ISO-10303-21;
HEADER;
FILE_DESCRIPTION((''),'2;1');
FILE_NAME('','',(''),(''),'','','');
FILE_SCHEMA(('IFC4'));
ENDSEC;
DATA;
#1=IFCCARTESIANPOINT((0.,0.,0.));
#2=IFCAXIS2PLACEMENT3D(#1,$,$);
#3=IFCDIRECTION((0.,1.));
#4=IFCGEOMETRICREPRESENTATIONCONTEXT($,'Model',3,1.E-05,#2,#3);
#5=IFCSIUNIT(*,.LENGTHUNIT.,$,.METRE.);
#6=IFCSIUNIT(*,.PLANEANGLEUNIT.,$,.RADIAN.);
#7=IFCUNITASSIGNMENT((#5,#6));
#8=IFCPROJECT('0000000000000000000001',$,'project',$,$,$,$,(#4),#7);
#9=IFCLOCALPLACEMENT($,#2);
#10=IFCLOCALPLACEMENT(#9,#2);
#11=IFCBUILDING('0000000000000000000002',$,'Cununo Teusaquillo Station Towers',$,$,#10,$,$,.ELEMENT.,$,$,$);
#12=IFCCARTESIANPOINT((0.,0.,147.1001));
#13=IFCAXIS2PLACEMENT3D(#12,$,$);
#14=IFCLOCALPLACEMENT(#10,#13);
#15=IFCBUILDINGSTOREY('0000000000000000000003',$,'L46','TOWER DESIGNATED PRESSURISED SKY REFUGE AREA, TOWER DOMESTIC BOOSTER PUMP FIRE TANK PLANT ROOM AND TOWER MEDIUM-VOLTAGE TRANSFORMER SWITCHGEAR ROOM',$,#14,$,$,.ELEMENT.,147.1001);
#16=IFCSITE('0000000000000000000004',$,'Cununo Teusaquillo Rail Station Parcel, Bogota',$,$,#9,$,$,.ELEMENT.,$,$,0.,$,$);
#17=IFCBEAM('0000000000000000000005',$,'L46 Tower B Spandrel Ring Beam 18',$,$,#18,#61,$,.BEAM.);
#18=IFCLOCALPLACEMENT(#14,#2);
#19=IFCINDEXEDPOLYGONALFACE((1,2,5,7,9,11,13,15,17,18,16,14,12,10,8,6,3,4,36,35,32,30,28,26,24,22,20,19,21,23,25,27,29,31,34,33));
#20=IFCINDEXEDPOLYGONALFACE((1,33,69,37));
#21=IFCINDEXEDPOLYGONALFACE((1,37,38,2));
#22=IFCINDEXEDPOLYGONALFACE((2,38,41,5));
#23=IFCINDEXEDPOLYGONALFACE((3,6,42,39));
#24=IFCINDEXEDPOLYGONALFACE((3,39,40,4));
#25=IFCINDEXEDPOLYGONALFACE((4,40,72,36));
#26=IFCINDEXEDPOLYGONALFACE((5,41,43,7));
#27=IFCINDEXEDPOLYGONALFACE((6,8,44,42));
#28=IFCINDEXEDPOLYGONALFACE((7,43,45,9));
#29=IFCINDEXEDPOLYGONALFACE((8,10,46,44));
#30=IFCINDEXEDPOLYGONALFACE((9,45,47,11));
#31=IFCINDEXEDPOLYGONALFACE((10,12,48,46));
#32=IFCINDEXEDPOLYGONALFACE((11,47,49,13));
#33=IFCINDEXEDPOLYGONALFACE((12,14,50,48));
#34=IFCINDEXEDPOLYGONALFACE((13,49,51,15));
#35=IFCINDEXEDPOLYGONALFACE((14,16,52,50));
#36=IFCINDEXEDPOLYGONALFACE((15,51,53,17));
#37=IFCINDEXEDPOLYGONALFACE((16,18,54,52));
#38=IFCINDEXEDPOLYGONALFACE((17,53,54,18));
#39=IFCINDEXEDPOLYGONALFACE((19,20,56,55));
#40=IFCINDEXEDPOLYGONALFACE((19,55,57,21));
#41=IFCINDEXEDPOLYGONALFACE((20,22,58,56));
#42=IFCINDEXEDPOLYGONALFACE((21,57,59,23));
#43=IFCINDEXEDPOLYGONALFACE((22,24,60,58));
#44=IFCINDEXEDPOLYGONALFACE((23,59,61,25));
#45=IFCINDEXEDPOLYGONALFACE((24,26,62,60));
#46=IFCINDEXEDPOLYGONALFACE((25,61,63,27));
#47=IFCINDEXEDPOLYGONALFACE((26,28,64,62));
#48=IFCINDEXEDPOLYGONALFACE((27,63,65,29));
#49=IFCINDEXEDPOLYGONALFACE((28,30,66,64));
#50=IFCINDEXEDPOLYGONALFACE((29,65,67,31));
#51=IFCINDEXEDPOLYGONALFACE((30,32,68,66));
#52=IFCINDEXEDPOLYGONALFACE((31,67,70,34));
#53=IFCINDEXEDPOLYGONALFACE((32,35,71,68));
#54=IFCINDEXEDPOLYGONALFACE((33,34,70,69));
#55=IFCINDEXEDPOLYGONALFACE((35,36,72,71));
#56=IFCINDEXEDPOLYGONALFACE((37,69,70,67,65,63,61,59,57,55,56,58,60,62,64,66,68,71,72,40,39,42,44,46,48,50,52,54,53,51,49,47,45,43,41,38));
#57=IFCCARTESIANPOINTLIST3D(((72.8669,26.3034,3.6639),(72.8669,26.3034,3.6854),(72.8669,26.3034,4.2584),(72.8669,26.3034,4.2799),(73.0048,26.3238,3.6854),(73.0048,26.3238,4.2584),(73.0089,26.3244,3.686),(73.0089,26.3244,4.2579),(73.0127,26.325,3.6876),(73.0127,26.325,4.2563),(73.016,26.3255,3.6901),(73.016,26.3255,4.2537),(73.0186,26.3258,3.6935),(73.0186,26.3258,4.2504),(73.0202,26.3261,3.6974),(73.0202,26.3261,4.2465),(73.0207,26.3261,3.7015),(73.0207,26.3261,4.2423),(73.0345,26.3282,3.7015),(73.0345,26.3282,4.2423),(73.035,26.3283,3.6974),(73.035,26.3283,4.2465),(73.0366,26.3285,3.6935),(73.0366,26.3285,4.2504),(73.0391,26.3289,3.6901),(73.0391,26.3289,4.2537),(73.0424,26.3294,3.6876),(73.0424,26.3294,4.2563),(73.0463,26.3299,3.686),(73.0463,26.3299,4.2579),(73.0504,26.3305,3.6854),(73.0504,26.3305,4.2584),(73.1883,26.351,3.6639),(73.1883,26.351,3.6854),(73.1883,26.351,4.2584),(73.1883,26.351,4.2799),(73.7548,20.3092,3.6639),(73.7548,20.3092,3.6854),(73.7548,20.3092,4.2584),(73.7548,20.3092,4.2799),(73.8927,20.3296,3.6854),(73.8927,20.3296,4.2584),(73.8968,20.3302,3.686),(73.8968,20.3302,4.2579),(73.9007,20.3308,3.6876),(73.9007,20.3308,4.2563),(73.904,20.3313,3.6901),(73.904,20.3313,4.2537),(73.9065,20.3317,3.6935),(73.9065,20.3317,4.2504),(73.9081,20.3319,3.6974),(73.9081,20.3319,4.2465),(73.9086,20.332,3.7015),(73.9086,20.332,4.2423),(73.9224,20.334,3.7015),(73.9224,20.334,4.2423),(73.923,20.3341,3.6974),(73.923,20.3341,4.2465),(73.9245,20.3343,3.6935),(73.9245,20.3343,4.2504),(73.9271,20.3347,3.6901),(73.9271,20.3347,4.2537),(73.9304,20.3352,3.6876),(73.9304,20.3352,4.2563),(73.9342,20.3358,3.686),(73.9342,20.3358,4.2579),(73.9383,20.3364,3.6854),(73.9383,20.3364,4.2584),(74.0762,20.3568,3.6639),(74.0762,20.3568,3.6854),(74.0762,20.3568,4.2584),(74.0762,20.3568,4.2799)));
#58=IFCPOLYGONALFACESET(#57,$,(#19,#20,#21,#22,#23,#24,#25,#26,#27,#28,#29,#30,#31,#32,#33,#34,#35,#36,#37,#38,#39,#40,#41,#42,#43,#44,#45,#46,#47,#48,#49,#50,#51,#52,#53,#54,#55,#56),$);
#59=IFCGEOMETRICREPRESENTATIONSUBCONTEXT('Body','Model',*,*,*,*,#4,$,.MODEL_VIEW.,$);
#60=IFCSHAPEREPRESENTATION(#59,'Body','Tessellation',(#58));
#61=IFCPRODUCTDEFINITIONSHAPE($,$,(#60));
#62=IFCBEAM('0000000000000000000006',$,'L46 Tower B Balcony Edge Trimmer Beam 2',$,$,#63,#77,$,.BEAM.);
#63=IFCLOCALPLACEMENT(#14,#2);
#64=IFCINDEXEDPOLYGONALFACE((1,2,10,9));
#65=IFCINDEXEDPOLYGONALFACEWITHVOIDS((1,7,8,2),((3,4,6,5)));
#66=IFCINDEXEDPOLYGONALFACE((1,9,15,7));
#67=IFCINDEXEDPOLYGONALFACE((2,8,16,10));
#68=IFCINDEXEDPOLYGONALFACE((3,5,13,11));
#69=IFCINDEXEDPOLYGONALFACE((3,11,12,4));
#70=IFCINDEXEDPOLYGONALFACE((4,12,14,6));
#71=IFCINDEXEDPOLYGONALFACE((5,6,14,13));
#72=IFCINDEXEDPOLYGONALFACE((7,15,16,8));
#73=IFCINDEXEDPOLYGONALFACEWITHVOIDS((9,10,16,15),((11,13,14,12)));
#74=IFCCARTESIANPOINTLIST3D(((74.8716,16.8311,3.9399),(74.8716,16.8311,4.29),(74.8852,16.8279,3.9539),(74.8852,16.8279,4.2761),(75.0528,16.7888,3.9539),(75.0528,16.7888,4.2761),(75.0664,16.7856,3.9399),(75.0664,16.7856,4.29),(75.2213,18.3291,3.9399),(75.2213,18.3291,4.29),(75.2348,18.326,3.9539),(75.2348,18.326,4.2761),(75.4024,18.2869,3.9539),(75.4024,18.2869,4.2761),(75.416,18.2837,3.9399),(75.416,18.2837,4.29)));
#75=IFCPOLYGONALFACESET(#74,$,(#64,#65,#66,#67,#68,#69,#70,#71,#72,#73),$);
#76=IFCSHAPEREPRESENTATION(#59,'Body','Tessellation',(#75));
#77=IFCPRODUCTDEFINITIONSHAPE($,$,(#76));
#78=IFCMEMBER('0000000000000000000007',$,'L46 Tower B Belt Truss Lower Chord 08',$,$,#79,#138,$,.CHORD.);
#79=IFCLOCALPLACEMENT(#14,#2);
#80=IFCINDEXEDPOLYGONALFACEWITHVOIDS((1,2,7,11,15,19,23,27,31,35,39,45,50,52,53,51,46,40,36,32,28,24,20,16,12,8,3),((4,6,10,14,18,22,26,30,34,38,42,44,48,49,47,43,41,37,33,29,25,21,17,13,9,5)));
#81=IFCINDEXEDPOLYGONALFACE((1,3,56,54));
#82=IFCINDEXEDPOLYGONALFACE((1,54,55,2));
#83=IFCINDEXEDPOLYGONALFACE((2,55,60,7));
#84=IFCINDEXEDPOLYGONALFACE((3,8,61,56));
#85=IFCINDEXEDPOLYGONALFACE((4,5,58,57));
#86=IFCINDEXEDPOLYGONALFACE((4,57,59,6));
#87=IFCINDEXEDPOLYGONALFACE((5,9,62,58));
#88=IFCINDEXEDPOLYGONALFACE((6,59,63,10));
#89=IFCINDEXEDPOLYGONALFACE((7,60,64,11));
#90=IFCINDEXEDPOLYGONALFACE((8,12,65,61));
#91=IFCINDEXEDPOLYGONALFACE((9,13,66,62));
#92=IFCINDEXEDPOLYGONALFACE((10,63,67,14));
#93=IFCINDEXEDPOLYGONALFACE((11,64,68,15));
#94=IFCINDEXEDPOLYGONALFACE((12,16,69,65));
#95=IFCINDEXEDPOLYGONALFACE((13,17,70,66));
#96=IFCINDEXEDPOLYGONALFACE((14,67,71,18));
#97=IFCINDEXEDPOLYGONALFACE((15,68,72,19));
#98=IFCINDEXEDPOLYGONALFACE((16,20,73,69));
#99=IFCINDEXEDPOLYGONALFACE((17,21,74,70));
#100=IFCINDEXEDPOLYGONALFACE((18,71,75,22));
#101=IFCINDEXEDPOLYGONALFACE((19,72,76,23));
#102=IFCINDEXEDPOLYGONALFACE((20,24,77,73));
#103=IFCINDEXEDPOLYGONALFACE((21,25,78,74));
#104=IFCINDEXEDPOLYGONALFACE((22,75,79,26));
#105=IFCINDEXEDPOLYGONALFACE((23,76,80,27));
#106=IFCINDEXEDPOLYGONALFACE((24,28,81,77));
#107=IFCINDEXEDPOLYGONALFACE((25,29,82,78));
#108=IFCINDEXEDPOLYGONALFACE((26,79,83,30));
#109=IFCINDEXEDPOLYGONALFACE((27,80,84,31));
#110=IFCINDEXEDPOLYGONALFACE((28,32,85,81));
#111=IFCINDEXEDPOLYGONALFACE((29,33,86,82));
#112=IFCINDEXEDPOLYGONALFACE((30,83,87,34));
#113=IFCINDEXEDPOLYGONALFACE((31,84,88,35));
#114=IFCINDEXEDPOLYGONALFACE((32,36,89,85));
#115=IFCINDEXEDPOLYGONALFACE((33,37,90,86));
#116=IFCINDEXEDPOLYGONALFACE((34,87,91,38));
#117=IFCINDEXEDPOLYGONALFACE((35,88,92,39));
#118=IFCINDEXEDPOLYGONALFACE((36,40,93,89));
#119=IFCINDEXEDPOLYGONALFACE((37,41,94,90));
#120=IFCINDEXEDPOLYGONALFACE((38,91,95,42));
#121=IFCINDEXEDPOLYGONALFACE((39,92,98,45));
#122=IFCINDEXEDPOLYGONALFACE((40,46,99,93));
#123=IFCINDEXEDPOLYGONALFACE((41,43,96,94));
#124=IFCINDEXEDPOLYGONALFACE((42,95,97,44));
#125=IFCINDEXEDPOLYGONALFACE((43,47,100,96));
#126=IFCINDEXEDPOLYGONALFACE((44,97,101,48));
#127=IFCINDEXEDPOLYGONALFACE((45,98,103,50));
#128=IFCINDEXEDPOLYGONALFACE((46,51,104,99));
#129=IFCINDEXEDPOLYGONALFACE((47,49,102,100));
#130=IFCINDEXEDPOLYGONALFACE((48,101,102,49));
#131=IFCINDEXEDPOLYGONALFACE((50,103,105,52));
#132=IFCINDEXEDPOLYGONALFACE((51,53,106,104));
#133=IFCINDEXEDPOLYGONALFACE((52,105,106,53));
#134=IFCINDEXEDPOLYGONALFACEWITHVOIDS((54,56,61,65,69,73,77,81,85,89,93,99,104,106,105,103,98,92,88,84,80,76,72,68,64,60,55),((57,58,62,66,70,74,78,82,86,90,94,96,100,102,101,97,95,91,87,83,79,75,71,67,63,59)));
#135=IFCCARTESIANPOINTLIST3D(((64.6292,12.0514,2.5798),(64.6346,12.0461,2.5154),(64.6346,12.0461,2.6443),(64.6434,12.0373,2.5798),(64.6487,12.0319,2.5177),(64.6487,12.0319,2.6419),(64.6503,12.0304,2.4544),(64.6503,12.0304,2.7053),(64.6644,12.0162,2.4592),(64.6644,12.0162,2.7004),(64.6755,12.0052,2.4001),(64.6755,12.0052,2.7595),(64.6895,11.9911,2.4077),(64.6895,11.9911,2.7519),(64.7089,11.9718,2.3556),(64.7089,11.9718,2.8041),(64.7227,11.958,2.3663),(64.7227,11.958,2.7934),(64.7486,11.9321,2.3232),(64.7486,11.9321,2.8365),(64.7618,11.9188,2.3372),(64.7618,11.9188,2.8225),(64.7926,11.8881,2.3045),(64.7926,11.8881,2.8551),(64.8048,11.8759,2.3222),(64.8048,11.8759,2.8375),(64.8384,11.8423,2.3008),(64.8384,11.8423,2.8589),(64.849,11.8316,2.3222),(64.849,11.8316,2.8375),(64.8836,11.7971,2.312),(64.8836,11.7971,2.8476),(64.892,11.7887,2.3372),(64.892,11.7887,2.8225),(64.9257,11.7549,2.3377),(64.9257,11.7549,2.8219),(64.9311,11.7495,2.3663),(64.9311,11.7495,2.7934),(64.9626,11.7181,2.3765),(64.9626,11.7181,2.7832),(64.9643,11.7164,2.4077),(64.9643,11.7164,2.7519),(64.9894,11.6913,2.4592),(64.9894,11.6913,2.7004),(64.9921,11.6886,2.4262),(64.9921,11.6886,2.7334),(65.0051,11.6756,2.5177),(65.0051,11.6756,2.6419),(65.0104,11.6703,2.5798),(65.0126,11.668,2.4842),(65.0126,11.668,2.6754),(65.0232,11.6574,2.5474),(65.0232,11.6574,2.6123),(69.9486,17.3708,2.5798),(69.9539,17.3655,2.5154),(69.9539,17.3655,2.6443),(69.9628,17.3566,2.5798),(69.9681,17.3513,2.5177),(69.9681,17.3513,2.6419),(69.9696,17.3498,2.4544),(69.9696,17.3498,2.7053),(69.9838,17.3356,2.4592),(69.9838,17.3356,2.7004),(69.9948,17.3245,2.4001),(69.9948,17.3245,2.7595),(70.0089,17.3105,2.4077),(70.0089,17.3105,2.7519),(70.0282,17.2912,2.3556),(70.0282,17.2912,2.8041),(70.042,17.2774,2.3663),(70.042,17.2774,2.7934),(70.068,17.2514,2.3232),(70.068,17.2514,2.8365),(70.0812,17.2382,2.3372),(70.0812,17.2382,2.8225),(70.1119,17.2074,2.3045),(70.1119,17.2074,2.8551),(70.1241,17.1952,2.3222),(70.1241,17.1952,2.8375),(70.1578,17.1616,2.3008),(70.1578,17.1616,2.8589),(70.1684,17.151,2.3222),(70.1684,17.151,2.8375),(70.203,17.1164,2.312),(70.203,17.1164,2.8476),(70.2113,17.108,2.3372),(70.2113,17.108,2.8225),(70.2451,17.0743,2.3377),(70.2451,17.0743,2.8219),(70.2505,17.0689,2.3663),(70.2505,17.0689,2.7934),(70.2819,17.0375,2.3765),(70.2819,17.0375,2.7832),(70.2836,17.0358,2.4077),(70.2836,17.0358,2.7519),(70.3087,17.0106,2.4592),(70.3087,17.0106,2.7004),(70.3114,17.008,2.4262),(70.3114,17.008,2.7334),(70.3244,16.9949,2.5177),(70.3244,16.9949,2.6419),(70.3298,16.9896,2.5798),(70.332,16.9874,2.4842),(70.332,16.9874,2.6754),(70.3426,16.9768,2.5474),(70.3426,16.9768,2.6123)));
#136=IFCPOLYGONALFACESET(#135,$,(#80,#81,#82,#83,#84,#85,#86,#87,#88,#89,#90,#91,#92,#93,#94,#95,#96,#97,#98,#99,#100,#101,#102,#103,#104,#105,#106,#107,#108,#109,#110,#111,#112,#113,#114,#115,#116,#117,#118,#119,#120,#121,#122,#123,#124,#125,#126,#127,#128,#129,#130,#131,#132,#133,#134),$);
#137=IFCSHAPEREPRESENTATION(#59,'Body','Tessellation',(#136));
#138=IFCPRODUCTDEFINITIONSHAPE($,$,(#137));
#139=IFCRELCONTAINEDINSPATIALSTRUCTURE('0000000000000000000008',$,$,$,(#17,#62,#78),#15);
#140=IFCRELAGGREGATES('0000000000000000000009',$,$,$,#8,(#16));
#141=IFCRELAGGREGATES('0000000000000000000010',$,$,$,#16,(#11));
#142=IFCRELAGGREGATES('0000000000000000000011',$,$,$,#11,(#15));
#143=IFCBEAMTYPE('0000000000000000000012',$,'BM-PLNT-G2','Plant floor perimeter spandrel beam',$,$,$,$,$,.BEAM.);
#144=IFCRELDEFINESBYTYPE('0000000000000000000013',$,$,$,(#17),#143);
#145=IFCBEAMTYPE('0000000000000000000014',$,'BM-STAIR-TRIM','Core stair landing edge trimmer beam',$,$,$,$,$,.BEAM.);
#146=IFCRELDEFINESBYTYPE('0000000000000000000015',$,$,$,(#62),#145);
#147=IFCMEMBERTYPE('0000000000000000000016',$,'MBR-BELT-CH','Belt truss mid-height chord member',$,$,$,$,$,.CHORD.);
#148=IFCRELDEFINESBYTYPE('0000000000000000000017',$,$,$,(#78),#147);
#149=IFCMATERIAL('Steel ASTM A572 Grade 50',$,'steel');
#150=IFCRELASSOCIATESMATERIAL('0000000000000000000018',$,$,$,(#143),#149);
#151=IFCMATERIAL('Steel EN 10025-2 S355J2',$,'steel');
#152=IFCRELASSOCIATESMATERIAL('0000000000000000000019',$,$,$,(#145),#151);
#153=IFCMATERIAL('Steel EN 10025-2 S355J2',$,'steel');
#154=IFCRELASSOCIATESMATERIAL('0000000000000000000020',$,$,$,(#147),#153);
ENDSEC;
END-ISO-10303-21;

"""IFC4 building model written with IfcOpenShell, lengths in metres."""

from ifc_helpers import new_model, si_unit, direction, frame, origin, origin_2d, place, context, subcontext, project, spatial, hollow_rectangle, hollow_circle, i_section, extrude, material, material_profile, profile_set, type_object, element, save


model = new_model("IFC4")

# Units and contexts
model_context = context("Model", 3, precision=1e-05, world=origin(), true_north=direction((0.0, 1.0)))
body_context = subcontext(model_context, "Body", "Model", "MODEL_VIEW")
ifc_project = project(units=[si_unit("LENGTHUNIT", "METRE"), si_unit("PLANEANGLEUNIT", "RADIAN")], contexts=[model_context])

# Site, building, storey
site_placement = place(None, origin())
site = spatial("IfcSite", under=ifc_project, at=site_placement, Name="Cununo Teusaquillo Rail Station Parcel, Bogota", CompositionType="ELEMENT", RefElevation=0.0)
building_placement = place(site_placement, origin())
building = spatial("IfcBuilding", under=site, at=building_placement, Name="Cununo Teusaquillo Station Towers", CompositionType="ELEMENT")
storey_placement = place(building_placement, frame((0.0, 0.0, 147.1001)))
storey = spatial("IfcBuildingStorey", under=building, at=storey_placement, Name="L46", Description="TOWER DESIGNATED PRESSURISED SKY REFUGE AREA, TOWER DOMESTIC BOOSTER PUMP FIRE TANK PLANT ROOM AND TOWER MEDIUM-VOLTAGE TRANSFORMER SWITCHGEAR ROOM", CompositionType="ELEMENT", Elevation=147.1001)

# Beams
ifc_material_1 = material(Name="Steel ASTM A572 Grade 50", Category="steel")
ifc_material_profile_1 = material_profile(ifc_material_1, i_section(OverallWidth=0.325, OverallDepth=0.616, WebThickness=0.0139, FlangeThickness=0.0215, FilletRadius=0.0161, at=origin_2d()), Name="W24X117")
ifc_profile_set_1 = profile_set([ifc_material_profile_1], Name="Steel ASTM A572 Grade 50")
beam_type_1 = type_object("IfcBeamType", Name="BM-PLNT-G2", Description="Plant floor perimeter spandrel beam", PredefinedType="BEAM", material=ifc_profile_set_1)
beam_1_placement = place(storey_placement, frame((73.9155, 20.333, 3.9719), z_axis=(-0.146536, 0.989205, 0.0), x_axis=(-0.989205, -0.146536, 0.0)))
element("IfcBeam", 1, at=beam_1_placement, inside=storey, type_object=beam_type_1, Name="L46 Tower B Spandrel Ring Beam 18", PredefinedType="BEAM", context=body_context, shape_type="SweptSolid", body=[
    extrude(i_section(OverallWidth=0.325, OverallDepth=0.616, WebThickness=0.0139, FlangeThickness=0.0215, FilletRadius=0.0161, at=origin_2d()), origin(), (0.0, 0.0, 1.0), 6.0596),
])
ifc_material_2 = material(Name="Steel EN 10025-2 S355J2", Category="steel")
ifc_material_profile_2 = material_profile(ifc_material_2, hollow_rectangle(XDim=0.2, YDim=0.3501, WallThickness=0.0139, at=origin_2d()), Name="RHS 350x200x14")
ifc_profile_set_2 = profile_set([ifc_material_profile_2], Name="Steel EN 10025-2 S355J2")
beam_type_2 = type_object("IfcBeamType", Name="BM-STAIR-TRIM", Description="Core stair landing edge trimmer beam", PredefinedType="BEAM", material=ifc_profile_set_2)
beam_2_placement = place(storey_placement, frame((74.969, 16.8083, 4.115), z_axis=(0.22727, 0.973832, 0.0), x_axis=(-0.973832, 0.22727, 0.0)))
element("IfcBeam", 2, at=beam_2_placement, inside=storey, type_object=beam_type_2, Name="L46 Tower B Balcony Edge Trimmer Beam 2", PredefinedType="BEAM", context=body_context, shape_type="SweptSolid", body=[
    extrude(hollow_rectangle(XDim=0.2, YDim=0.3501, WallThickness=0.0139, at=origin_2d()), origin(), (0.0, 0.0, 1.0), 1.5383),
])

# Member
ifc_material_3 = material(Name="Steel EN 10025-2 S355J2", Category="steel")
ifc_material_profile_3 = material_profile(ifc_material_3, hollow_circle(Radius=0.2795, WallThickness=0.02, at=origin_2d()), Name="CHS 559x20")
ifc_profile_set_3 = profile_set([ifc_material_profile_3], Name="Steel EN 10025-2 S355J2")
member_type_1 = type_object("IfcMemberType", Name="MBR-BELT-CH", Description="Belt truss mid-height chord member", PredefinedType="CHORD", material=ifc_profile_set_3)
member_1_placement = place(storey_placement, frame((64.8269, 11.8538, 2.5798), z_axis=(0.707107, 0.707107, 0.0), x_axis=(-0.707107, 0.707107, 0.0)))
element("IfcMember", 3, at=member_1_placement, inside=storey, type_object=member_type_1, Name="L46 Tower B Belt Truss Lower Chord 08", PredefinedType="CHORD", context=body_context, shape_type="SweptSolid", body=[
    extrude(hollow_circle(Radius=0.2795, WallThickness=0.02, at=origin_2d()), origin(), (0.0, 0.0, 1.0), 7.5227),
])

save(model, "model.ifc")
